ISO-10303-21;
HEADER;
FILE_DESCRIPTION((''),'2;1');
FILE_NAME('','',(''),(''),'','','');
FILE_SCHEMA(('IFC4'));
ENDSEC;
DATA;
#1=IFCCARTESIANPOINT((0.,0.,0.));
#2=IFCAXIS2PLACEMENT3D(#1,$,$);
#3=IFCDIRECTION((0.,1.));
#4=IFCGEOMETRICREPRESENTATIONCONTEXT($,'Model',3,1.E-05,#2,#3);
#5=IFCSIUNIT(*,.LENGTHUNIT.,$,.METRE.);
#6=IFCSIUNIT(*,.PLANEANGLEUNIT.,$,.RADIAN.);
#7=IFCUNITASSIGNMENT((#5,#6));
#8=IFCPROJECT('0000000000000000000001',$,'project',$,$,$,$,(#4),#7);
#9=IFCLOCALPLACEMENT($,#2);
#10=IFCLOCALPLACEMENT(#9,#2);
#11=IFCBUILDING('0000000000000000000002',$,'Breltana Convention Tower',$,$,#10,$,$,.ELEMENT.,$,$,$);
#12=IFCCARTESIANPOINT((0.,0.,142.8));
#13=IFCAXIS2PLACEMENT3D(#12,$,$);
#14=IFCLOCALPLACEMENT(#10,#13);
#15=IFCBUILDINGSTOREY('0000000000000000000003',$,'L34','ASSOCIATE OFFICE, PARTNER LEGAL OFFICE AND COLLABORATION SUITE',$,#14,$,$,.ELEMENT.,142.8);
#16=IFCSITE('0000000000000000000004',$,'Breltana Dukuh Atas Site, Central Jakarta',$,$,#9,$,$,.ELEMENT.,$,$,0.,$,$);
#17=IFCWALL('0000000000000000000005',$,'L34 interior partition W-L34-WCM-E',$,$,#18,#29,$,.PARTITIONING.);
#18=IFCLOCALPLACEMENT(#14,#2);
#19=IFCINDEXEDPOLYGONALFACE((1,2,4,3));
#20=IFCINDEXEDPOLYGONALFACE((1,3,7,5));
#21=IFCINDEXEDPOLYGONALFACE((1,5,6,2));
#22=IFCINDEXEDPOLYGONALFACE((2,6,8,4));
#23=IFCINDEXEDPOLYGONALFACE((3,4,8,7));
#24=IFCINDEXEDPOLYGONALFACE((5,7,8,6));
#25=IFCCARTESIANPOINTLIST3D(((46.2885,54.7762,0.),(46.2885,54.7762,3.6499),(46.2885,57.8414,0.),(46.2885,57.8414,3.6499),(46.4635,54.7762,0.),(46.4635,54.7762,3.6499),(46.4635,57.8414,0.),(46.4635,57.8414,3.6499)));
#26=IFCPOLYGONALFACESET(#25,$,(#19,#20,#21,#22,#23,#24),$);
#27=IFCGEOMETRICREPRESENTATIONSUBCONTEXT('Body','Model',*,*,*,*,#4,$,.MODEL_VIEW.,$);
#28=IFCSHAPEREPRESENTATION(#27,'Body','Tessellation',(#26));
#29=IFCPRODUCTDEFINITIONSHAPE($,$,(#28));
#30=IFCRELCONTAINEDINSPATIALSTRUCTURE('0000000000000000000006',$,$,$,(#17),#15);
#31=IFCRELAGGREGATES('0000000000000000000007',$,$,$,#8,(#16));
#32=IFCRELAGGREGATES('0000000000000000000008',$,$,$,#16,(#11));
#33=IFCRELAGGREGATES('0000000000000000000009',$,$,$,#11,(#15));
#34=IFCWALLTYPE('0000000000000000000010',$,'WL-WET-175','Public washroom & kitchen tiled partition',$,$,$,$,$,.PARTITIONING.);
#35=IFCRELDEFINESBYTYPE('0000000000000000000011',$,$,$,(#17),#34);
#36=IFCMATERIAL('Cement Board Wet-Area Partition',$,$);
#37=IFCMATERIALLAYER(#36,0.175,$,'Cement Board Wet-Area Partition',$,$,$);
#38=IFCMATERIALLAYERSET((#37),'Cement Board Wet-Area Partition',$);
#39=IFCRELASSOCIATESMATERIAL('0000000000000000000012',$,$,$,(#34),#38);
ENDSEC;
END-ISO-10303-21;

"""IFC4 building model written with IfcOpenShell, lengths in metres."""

from ifc_helpers import new_model, si_unit, direction, frame, frame_2d, origin, place, context, subcontext, project, spatial, rectangle, extrude, source, transform, mapped, material, layer, layer_set, type_object, element, save


model = new_model("IFC4")

# Units and contexts
model_context = context("Model", 3, precision=1e-05, world=origin(), true_north=direction((0.0, 1.0)))
body_context = subcontext(model_context, "Body", "Model", "MODEL_VIEW")
ifc_project = project(units=[si_unit("LENGTHUNIT", "METRE"), si_unit("PLANEANGLEUNIT", "RADIAN")], contexts=[model_context])

# Site, building, storey
site_placement = place(None, origin())
site = spatial("IfcSite", under=ifc_project, at=site_placement, Name="Breltana Dukuh Atas Site, Central Jakarta", CompositionType="ELEMENT", RefElevation=0.0)
building_placement = place(site_placement, origin())
building = spatial("IfcBuilding", under=site, at=building_placement, Name="Breltana Convention Tower", CompositionType="ELEMENT")
storey_placement = place(building_placement, frame((0.0, 0.0, 142.8)))
storey = spatial("IfcBuildingStorey", under=building, at=storey_placement, Name="L34", Description="ASSOCIATE OFFICE, PARTNER LEGAL OFFICE AND COLLABORATION SUITE", CompositionType="ELEMENT", Elevation=142.8)

# Wall
ifc_material_1 = material(Name="Cement Board Wet-Area Partition")
ifc_layer_1 = layer(ifc_material_1, 0.175, Name="Cement Board Wet-Area Partition")
ifc_layer_set_1 = layer_set([ifc_layer_1], Name="Cement Board Wet-Area Partition")
wall_type_1 = type_object("IfcWallType", Name="WL-WET-175", Description="Public washroom & kitchen tiled partition", PredefinedType="PARTITIONING", material=ifc_layer_set_1)
shared_shape_1 = source(origin(), body_context, "Body", "SweptSolid", [
    extrude(rectangle(XDim=3.0652, YDim=0.175, at=frame_2d((1.5327, 0.0))), origin(), (0.0, 0.0, 1.0), 3.6499),
])
wall_1_placement = place(storey_placement, frame((46.376, 54.7761, 0.0), z_axis=(0.0, 0.0, 1.0), x_axis=(0.0, 1.0, 0.0)))
element("IfcWall", 1, at=wall_1_placement, inside=storey, type_object=wall_type_1, Name="L34 interior partition W-L34-WCM-E", PredefinedType="PARTITIONING", context=body_context, shape_type="MappedRepresentation", body=[
    mapped(shared_shape_1, transform((0.0, 0.0, 0.0), scale=1.0)),
])

save(model, "model.ifc")
